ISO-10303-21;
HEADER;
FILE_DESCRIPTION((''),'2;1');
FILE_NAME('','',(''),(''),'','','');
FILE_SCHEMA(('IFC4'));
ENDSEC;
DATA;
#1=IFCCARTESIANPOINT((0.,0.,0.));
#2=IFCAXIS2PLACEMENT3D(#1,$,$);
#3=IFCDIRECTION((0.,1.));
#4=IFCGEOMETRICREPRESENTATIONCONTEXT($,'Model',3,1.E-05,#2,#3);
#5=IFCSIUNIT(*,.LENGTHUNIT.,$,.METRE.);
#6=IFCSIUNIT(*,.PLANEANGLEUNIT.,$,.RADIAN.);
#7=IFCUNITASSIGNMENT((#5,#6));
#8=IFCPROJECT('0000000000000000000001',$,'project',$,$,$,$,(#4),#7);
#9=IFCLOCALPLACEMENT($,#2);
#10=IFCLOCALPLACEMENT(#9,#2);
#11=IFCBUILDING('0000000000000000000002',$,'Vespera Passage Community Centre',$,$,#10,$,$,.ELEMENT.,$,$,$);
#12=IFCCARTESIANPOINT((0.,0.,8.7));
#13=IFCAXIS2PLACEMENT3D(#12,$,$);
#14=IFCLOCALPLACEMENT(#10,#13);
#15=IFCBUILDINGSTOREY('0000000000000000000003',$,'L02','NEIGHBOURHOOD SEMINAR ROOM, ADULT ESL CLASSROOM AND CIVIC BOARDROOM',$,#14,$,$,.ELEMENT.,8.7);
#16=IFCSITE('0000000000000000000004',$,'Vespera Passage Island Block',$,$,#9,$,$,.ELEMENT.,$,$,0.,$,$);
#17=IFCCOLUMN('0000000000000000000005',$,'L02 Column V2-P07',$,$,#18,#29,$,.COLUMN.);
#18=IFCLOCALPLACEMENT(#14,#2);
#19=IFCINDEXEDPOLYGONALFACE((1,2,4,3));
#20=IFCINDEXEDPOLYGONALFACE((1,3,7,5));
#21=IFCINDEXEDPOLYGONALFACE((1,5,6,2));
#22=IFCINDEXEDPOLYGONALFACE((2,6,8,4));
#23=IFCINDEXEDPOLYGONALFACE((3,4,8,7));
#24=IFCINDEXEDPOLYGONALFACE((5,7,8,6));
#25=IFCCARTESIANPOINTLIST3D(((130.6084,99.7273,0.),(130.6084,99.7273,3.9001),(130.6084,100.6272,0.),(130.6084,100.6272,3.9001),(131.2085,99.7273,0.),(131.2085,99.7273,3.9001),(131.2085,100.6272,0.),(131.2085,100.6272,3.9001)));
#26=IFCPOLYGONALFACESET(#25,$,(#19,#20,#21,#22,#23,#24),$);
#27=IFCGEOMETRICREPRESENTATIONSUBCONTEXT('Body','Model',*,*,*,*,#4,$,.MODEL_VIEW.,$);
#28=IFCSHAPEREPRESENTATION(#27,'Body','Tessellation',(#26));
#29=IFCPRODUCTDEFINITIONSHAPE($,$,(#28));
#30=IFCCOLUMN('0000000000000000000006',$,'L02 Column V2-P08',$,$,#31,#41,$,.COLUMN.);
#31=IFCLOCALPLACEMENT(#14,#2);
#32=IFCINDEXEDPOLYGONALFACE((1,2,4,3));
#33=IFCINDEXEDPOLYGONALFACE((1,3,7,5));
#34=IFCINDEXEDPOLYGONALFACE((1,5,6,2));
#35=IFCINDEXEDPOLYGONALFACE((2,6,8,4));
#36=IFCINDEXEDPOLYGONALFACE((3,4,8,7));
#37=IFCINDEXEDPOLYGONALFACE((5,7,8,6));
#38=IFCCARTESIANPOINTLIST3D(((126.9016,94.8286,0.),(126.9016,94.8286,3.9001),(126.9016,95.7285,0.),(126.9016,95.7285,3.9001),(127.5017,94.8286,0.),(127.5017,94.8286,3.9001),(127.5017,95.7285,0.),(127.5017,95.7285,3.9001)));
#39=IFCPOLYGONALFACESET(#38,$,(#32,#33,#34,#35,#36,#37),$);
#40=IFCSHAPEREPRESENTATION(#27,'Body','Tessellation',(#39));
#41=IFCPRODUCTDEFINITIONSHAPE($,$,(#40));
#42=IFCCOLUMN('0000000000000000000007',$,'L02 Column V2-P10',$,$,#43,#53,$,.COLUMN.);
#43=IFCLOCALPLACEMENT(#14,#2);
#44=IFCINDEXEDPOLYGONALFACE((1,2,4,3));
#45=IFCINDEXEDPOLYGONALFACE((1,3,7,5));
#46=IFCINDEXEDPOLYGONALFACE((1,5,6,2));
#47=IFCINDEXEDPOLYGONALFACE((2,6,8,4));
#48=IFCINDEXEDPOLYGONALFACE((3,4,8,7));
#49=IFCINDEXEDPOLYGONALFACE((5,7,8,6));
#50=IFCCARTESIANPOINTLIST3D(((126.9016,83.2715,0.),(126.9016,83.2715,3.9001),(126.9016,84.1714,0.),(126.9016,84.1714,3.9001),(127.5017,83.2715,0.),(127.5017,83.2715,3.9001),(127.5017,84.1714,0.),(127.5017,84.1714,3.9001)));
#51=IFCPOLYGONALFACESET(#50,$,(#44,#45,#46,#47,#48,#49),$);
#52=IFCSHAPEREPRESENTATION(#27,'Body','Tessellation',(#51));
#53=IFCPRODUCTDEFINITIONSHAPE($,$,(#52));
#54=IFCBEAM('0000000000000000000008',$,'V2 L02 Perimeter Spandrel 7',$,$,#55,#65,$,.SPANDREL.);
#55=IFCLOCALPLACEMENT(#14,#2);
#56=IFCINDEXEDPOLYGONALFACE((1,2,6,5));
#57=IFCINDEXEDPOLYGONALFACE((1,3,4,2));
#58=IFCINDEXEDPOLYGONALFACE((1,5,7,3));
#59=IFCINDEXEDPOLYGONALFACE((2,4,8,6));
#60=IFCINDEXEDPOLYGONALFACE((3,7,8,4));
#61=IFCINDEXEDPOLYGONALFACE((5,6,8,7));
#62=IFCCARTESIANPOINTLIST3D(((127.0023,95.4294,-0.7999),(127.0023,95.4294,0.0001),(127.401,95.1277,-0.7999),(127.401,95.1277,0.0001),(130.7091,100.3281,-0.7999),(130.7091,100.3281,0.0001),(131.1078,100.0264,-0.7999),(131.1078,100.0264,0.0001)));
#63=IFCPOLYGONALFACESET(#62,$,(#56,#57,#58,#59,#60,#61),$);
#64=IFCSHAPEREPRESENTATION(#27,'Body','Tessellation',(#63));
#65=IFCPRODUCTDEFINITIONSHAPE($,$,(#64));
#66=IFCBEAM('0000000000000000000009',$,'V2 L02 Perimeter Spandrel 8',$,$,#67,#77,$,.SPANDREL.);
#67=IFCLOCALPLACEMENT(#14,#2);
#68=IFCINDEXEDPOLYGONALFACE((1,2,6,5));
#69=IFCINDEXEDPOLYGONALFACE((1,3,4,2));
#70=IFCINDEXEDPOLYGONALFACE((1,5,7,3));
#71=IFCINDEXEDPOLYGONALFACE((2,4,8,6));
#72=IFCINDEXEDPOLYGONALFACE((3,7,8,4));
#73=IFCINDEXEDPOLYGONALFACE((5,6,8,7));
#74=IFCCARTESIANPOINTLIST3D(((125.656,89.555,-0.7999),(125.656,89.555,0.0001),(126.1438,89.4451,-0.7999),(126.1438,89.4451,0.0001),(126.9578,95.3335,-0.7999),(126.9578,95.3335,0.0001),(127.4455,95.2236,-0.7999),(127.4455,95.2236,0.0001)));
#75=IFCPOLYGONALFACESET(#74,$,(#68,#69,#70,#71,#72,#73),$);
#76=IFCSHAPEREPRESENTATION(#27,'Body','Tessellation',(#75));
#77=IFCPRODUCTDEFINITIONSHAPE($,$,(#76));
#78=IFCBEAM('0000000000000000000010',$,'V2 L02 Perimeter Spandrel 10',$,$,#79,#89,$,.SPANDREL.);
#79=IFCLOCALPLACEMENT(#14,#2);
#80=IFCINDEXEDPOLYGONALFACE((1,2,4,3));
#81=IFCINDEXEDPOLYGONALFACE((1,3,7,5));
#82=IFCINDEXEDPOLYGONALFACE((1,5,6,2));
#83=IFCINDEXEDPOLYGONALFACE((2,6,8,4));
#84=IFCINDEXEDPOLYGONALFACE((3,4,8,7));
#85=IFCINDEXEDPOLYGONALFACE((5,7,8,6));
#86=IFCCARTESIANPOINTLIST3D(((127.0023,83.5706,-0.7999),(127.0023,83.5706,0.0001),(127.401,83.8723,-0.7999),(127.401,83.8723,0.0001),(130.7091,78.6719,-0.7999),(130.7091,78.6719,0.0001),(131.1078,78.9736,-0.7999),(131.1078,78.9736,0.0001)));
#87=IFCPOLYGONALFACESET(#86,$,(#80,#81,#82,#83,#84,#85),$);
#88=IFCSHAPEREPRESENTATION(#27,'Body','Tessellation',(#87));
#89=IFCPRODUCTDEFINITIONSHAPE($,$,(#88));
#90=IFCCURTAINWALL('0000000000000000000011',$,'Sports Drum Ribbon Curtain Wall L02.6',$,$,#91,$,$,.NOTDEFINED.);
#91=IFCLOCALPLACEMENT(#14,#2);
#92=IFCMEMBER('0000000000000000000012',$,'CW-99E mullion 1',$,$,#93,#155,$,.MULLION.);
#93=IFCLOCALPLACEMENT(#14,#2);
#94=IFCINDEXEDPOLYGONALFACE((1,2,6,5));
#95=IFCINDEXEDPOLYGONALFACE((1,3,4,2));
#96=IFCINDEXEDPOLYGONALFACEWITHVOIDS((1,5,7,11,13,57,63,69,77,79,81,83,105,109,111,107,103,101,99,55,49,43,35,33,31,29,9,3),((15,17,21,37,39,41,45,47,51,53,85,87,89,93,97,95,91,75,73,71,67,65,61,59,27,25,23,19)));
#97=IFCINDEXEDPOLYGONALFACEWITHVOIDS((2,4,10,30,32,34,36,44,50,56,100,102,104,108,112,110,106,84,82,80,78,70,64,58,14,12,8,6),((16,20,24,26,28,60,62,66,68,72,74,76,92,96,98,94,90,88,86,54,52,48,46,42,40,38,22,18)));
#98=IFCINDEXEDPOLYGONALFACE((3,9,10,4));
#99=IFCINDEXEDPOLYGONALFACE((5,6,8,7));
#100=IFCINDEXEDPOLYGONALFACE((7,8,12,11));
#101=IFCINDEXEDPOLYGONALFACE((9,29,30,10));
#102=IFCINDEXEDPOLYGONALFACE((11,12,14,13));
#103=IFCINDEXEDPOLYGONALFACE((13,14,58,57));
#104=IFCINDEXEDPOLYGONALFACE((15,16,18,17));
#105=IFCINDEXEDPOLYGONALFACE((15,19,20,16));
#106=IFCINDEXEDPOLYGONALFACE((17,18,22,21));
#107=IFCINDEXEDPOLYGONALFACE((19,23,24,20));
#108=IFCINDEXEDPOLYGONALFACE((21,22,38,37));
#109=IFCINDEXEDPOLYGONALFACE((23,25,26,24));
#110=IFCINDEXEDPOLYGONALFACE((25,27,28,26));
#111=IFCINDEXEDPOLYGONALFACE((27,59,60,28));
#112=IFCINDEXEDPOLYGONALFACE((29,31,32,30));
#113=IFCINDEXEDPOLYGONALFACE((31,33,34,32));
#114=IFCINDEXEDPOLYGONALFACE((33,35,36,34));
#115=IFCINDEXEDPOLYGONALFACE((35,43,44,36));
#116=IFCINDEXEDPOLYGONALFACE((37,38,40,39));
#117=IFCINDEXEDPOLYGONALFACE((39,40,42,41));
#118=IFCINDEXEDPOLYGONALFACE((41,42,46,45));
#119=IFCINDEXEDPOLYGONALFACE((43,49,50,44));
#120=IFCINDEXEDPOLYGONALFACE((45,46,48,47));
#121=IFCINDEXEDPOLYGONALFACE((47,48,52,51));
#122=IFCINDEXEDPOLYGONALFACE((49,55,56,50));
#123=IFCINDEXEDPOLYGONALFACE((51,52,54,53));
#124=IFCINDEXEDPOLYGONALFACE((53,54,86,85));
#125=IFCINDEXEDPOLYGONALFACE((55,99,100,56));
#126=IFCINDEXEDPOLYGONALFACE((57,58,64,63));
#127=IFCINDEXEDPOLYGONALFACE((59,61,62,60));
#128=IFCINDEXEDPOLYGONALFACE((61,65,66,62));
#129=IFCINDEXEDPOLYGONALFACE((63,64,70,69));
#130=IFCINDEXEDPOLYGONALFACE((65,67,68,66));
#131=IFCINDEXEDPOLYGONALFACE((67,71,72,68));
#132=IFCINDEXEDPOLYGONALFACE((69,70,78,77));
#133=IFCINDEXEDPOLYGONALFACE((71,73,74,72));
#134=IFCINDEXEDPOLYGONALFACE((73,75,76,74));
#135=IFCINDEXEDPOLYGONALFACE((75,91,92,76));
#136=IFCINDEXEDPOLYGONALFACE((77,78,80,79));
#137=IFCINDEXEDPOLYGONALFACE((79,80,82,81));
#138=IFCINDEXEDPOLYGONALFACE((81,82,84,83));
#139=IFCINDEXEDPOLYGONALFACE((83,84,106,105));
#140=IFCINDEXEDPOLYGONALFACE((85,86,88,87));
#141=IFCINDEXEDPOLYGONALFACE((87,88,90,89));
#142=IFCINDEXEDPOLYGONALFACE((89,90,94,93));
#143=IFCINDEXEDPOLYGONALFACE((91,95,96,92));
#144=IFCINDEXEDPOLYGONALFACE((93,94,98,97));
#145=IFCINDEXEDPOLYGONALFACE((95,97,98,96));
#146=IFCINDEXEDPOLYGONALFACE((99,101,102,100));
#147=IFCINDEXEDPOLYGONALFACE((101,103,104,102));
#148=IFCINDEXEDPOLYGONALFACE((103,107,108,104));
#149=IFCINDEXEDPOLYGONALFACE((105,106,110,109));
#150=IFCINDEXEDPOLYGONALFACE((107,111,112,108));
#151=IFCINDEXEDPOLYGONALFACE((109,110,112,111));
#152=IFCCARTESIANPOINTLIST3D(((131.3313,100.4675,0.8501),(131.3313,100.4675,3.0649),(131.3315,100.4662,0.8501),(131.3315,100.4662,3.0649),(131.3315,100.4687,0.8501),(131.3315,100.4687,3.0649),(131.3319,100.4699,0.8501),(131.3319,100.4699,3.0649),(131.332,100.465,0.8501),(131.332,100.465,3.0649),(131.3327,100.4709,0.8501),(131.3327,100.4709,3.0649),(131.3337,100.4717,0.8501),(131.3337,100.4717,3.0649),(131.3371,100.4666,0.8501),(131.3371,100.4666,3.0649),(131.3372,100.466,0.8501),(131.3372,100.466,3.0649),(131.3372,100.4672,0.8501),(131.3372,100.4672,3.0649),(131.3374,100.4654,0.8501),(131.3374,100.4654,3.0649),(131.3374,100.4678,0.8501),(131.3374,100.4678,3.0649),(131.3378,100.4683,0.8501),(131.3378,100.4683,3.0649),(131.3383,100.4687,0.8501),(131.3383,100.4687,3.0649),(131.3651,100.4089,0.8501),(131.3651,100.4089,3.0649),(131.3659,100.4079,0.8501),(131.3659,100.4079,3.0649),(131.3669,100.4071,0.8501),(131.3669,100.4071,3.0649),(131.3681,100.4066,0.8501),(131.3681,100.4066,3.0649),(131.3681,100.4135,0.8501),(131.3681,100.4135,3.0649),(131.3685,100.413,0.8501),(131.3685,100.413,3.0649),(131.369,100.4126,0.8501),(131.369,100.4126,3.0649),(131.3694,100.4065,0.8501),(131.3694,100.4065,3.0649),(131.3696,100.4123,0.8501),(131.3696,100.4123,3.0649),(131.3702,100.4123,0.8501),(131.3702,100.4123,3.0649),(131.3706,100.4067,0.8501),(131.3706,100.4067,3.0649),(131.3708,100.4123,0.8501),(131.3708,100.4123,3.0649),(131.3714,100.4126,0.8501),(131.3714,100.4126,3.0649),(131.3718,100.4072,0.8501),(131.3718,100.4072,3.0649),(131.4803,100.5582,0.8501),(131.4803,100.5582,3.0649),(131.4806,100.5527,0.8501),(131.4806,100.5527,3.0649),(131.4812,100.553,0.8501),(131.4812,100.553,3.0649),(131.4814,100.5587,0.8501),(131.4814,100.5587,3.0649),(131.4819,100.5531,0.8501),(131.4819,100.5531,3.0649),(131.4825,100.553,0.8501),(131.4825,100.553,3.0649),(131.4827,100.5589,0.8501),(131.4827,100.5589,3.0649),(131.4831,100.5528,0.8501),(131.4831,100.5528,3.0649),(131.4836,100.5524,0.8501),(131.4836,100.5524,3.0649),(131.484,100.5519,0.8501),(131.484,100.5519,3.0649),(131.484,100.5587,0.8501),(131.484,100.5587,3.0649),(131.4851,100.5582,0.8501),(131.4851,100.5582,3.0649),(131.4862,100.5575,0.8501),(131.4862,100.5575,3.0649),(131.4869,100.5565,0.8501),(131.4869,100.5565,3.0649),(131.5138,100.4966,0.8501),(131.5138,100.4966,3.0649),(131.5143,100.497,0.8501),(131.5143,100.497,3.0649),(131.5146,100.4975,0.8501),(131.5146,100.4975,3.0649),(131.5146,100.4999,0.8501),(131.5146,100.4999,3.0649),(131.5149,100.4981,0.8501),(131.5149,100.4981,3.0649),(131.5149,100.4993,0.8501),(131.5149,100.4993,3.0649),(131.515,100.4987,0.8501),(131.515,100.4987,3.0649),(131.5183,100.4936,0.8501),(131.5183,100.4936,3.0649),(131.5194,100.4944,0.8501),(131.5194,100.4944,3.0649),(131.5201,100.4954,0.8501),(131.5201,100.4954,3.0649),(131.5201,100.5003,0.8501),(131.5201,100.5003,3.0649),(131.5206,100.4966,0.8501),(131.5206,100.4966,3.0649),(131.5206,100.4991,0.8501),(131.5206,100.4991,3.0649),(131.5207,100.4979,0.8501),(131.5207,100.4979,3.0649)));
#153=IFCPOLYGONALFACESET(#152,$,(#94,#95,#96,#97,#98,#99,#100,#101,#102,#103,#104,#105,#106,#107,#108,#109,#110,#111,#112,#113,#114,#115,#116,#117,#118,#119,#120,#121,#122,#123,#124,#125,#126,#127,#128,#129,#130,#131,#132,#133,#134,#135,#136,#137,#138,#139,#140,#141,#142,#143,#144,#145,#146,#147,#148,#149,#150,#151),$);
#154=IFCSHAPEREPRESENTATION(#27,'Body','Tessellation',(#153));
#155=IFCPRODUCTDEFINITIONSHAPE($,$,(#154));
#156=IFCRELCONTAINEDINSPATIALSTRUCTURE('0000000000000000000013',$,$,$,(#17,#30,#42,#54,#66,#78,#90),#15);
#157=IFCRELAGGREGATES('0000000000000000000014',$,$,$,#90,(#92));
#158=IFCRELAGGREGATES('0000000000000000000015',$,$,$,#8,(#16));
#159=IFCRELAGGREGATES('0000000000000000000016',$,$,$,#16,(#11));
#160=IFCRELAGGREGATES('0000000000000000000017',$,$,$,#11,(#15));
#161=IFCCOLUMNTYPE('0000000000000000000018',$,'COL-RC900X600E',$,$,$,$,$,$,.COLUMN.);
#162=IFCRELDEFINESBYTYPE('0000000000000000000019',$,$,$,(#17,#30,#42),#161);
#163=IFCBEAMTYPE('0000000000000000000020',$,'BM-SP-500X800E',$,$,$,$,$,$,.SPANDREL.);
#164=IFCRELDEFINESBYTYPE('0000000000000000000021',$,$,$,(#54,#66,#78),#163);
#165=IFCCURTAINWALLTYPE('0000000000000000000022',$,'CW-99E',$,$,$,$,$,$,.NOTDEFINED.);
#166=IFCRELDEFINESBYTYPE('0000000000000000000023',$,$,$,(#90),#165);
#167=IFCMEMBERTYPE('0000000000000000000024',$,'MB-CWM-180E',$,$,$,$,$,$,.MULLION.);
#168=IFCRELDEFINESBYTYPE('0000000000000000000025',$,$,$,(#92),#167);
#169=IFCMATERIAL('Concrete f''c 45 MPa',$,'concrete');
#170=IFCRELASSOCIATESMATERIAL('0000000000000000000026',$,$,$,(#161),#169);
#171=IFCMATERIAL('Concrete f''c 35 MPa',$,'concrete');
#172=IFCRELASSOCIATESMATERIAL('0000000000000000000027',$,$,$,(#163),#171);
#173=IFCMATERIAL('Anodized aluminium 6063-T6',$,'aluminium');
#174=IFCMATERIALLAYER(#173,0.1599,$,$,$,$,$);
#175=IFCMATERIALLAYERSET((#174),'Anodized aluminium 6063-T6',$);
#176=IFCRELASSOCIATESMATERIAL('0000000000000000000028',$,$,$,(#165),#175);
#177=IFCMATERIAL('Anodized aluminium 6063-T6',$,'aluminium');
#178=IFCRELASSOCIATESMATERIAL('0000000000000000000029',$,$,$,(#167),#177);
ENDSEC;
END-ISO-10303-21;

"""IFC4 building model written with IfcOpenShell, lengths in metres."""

from ifc_helpers import new_model, si_unit, direction, frame, origin, origin_2d, place, context, subcontext, project, spatial, rectangle, hollow_rectangle, extrude, material, layer, layer_set, material_profile, profile_set, type_object, element, aggregate, save


model = new_model("IFC4")

# Units and contexts
model_context = context("Model", 3, precision=1e-05, world=origin(), true_north=direction((0.0, 1.0)))
body_context = subcontext(model_context, "Body", "Model", "MODEL_VIEW")
ifc_project = project(units=[si_unit("LENGTHUNIT", "METRE"), si_unit("PLANEANGLEUNIT", "RADIAN")], contexts=[model_context])

# Site, building, storey
site_placement = place(None, origin())
site = spatial("IfcSite", under=ifc_project, at=site_placement, Name="Vespera Passage Island Block", CompositionType="ELEMENT", RefElevation=0.0)
building_placement = place(site_placement, origin())
building = spatial("IfcBuilding", under=site, at=building_placement, Name="Vespera Passage Community Centre", CompositionType="ELEMENT")
storey_placement = place(building_placement, frame((0.0, 0.0, 8.7)))
storey = spatial("IfcBuildingStorey", under=building, at=storey_placement, Name="L02", Description="NEIGHBOURHOOD SEMINAR ROOM, ADULT ESL CLASSROOM AND CIVIC BOARDROOM", CompositionType="ELEMENT", Elevation=8.7)

# Columns
ifc_material_1 = material(Name="Concrete f'c 45 MPa", Category="concrete")
ifc_material_profile_1 = material_profile(ifc_material_1, rectangle(XDim=0.6001, YDim=0.8999, at=origin_2d()), Name="RC900X600")
ifc_profile_set_1 = profile_set([ifc_material_profile_1], Name="Concrete f'c 45 MPa")
column_type = type_object("IfcColumnType", Name="COL-RC900X600E", PredefinedType="COLUMN", material=ifc_profile_set_1)
for number, where, z_axis, x_axis, name in (
    (1, (130.9084, 100.1772, 0.0), (0.0, 0.0, 1.0), (1.0, 0.0, 0.0), "L02 Column V2-P07"),
    (2, (127.2017, 95.2786, 0.0), (0.0, 0.0, 1.0), (1.0, 0.0, 0.0), "L02 Column V2-P08"),
    (3, (127.2017, 83.7214, 0.0), (0.0, 0.0, 1.0), (1.0, 0.0, 0.0), "L02 Column V2-P10"),
):
    element("IfcColumn", number, at=place(storey_placement, frame(where, z_axis=z_axis, x_axis=x_axis)), inside=storey, type_object=column_type, Name=name, PredefinedType="COLUMN", context=body_context, shape_type="SweptSolid", body=[
        extrude(rectangle(XDim=0.6001, YDim=0.8999, at=origin_2d()), origin(), (0.0, 0.0, 1.0), 3.9001),
    ])

# Beams
ifc_material_2 = material(Name="Concrete f'c 35 MPa", Category="concrete")
ifc_material_profile_2 = material_profile(ifc_material_2, rectangle(XDim=0.5, YDim=0.8, at=origin_2d()), Name="RC500X800")
ifc_profile_set_2 = profile_set([ifc_material_profile_2], Name="Concrete f'c 35 MPa")
beam_type = type_object("IfcBeamType", Name="BM-SP-500X800E", PredefinedType="SPANDREL", material=ifc_profile_set_2)
beam_1_placement = place(storey_placement, frame((130.9084, 100.1772, -0.3999), z_axis=(-0.603409, -0.797432, 0.0), x_axis=(0.797432, -0.603409, 0.0)))
element("IfcBeam", 4, at=beam_1_placement, inside=storey, type_object=beam_type, Name="V2 L02 Perimeter Spandrel 7", PredefinedType="SPANDREL", context=body_context, shape_type="SweptSolid", body=[
    extrude(rectangle(XDim=0.5, YDim=0.8, at=origin_2d()), origin(), (0.0, 0.0, 1.0), 6.1431),
])
beam_2_placement = place(storey_placement, frame((127.2017, 95.2786, -0.3999), z_axis=(-0.219766, -0.975553, 0.0), x_axis=(0.975553, -0.219766, 0.0)))
element("IfcBeam", 5, at=beam_2_placement, inside=storey, type_object=beam_type, Name="V2 L02 Perimeter Spandrel 8", PredefinedType="SPANDREL", context=body_context, shape_type="SweptSolid", body=[
    extrude(rectangle(XDim=0.5, YDim=0.8, at=origin_2d()), origin(), (0.0, 0.0, 1.0), 5.9233),
])
beam_3_placement = place(storey_placement, frame((127.2017, 83.7214, -0.3999), z_axis=(0.603409, -0.797432, 0.0), x_axis=(0.797432, 0.603409, 0.0)))
element("IfcBeam", 6, at=beam_3_placement, inside=storey, type_object=beam_type, Name="V2 L02 Perimeter Spandrel 10", PredefinedType="SPANDREL", context=body_context, shape_type="SweptSolid", body=[
    extrude(rectangle(XDim=0.5, YDim=0.8, at=origin_2d()), origin(), (0.0, 0.0, 1.0), 6.1431),
])

# Curtain wall, member
ifc_material_3 = material(Name="Anodized aluminium 6063-T6", Category="aluminium")
ifc_layer_1 = layer(ifc_material_3, 0.1599)
ifc_layer_set_1 = layer_set([ifc_layer_1], Name="Anodized aluminium 6063-T6")
curtain_wall_type_1 = type_object("IfcCurtainWallType", Name="CW-99E", PredefinedType="NOTDEFINED", material=ifc_layer_set_1)
curtain_wall_1_placement = place(storey_placement, origin())
curtain_wall_1 = element("IfcCurtainWall", 7, at=curtain_wall_1_placement, inside=storey, type_object=curtain_wall_type_1, Name="Sports Drum Ribbon Curtain Wall L02.6", PredefinedType="NOTDEFINED")
ifc_material_4 = material(Name="Anodized aluminium 6063-T6", Category="aluminium")
ifc_material_profile_3 = material_profile(ifc_material_4, hollow_rectangle(XDim=0.075, YDim=0.1799, WallThickness=0.0049, InnerFilletRadius=0.0024, OuterFilletRadius=0.0049, at=origin_2d()), Name="ALU180X75X5")
ifc_profile_set_3 = profile_set([ifc_material_profile_3], Name="Anodized aluminium 6063-T6")
member_type_1 = type_object("IfcMemberType", Name="MB-CWM-180E", PredefinedType="MULLION", material=ifc_profile_set_3)
member_1_placement = place(storey_placement, frame((131.426, 100.4827, 0.8501), z_axis=(0.0, 0.0, 1.0), x_axis=(-0.50817, 0.861257, 0.0)))
member_1 = element("IfcMember", 8, at=member_1_placement, type_object=member_type_1, Name="CW-99E mullion 1", PredefinedType="MULLION", context=body_context, shape_type="SweptSolid", body=[
    extrude(hollow_rectangle(XDim=0.075, YDim=0.1799, WallThickness=0.0049, InnerFilletRadius=0.0024, OuterFilletRadius=0.0049, at=origin_2d()), origin(), (0.0, 0.0, 1.0), 2.2148),
])

aggregate(curtain_wall_1, [member_1])

save(model, "model.ifc")
